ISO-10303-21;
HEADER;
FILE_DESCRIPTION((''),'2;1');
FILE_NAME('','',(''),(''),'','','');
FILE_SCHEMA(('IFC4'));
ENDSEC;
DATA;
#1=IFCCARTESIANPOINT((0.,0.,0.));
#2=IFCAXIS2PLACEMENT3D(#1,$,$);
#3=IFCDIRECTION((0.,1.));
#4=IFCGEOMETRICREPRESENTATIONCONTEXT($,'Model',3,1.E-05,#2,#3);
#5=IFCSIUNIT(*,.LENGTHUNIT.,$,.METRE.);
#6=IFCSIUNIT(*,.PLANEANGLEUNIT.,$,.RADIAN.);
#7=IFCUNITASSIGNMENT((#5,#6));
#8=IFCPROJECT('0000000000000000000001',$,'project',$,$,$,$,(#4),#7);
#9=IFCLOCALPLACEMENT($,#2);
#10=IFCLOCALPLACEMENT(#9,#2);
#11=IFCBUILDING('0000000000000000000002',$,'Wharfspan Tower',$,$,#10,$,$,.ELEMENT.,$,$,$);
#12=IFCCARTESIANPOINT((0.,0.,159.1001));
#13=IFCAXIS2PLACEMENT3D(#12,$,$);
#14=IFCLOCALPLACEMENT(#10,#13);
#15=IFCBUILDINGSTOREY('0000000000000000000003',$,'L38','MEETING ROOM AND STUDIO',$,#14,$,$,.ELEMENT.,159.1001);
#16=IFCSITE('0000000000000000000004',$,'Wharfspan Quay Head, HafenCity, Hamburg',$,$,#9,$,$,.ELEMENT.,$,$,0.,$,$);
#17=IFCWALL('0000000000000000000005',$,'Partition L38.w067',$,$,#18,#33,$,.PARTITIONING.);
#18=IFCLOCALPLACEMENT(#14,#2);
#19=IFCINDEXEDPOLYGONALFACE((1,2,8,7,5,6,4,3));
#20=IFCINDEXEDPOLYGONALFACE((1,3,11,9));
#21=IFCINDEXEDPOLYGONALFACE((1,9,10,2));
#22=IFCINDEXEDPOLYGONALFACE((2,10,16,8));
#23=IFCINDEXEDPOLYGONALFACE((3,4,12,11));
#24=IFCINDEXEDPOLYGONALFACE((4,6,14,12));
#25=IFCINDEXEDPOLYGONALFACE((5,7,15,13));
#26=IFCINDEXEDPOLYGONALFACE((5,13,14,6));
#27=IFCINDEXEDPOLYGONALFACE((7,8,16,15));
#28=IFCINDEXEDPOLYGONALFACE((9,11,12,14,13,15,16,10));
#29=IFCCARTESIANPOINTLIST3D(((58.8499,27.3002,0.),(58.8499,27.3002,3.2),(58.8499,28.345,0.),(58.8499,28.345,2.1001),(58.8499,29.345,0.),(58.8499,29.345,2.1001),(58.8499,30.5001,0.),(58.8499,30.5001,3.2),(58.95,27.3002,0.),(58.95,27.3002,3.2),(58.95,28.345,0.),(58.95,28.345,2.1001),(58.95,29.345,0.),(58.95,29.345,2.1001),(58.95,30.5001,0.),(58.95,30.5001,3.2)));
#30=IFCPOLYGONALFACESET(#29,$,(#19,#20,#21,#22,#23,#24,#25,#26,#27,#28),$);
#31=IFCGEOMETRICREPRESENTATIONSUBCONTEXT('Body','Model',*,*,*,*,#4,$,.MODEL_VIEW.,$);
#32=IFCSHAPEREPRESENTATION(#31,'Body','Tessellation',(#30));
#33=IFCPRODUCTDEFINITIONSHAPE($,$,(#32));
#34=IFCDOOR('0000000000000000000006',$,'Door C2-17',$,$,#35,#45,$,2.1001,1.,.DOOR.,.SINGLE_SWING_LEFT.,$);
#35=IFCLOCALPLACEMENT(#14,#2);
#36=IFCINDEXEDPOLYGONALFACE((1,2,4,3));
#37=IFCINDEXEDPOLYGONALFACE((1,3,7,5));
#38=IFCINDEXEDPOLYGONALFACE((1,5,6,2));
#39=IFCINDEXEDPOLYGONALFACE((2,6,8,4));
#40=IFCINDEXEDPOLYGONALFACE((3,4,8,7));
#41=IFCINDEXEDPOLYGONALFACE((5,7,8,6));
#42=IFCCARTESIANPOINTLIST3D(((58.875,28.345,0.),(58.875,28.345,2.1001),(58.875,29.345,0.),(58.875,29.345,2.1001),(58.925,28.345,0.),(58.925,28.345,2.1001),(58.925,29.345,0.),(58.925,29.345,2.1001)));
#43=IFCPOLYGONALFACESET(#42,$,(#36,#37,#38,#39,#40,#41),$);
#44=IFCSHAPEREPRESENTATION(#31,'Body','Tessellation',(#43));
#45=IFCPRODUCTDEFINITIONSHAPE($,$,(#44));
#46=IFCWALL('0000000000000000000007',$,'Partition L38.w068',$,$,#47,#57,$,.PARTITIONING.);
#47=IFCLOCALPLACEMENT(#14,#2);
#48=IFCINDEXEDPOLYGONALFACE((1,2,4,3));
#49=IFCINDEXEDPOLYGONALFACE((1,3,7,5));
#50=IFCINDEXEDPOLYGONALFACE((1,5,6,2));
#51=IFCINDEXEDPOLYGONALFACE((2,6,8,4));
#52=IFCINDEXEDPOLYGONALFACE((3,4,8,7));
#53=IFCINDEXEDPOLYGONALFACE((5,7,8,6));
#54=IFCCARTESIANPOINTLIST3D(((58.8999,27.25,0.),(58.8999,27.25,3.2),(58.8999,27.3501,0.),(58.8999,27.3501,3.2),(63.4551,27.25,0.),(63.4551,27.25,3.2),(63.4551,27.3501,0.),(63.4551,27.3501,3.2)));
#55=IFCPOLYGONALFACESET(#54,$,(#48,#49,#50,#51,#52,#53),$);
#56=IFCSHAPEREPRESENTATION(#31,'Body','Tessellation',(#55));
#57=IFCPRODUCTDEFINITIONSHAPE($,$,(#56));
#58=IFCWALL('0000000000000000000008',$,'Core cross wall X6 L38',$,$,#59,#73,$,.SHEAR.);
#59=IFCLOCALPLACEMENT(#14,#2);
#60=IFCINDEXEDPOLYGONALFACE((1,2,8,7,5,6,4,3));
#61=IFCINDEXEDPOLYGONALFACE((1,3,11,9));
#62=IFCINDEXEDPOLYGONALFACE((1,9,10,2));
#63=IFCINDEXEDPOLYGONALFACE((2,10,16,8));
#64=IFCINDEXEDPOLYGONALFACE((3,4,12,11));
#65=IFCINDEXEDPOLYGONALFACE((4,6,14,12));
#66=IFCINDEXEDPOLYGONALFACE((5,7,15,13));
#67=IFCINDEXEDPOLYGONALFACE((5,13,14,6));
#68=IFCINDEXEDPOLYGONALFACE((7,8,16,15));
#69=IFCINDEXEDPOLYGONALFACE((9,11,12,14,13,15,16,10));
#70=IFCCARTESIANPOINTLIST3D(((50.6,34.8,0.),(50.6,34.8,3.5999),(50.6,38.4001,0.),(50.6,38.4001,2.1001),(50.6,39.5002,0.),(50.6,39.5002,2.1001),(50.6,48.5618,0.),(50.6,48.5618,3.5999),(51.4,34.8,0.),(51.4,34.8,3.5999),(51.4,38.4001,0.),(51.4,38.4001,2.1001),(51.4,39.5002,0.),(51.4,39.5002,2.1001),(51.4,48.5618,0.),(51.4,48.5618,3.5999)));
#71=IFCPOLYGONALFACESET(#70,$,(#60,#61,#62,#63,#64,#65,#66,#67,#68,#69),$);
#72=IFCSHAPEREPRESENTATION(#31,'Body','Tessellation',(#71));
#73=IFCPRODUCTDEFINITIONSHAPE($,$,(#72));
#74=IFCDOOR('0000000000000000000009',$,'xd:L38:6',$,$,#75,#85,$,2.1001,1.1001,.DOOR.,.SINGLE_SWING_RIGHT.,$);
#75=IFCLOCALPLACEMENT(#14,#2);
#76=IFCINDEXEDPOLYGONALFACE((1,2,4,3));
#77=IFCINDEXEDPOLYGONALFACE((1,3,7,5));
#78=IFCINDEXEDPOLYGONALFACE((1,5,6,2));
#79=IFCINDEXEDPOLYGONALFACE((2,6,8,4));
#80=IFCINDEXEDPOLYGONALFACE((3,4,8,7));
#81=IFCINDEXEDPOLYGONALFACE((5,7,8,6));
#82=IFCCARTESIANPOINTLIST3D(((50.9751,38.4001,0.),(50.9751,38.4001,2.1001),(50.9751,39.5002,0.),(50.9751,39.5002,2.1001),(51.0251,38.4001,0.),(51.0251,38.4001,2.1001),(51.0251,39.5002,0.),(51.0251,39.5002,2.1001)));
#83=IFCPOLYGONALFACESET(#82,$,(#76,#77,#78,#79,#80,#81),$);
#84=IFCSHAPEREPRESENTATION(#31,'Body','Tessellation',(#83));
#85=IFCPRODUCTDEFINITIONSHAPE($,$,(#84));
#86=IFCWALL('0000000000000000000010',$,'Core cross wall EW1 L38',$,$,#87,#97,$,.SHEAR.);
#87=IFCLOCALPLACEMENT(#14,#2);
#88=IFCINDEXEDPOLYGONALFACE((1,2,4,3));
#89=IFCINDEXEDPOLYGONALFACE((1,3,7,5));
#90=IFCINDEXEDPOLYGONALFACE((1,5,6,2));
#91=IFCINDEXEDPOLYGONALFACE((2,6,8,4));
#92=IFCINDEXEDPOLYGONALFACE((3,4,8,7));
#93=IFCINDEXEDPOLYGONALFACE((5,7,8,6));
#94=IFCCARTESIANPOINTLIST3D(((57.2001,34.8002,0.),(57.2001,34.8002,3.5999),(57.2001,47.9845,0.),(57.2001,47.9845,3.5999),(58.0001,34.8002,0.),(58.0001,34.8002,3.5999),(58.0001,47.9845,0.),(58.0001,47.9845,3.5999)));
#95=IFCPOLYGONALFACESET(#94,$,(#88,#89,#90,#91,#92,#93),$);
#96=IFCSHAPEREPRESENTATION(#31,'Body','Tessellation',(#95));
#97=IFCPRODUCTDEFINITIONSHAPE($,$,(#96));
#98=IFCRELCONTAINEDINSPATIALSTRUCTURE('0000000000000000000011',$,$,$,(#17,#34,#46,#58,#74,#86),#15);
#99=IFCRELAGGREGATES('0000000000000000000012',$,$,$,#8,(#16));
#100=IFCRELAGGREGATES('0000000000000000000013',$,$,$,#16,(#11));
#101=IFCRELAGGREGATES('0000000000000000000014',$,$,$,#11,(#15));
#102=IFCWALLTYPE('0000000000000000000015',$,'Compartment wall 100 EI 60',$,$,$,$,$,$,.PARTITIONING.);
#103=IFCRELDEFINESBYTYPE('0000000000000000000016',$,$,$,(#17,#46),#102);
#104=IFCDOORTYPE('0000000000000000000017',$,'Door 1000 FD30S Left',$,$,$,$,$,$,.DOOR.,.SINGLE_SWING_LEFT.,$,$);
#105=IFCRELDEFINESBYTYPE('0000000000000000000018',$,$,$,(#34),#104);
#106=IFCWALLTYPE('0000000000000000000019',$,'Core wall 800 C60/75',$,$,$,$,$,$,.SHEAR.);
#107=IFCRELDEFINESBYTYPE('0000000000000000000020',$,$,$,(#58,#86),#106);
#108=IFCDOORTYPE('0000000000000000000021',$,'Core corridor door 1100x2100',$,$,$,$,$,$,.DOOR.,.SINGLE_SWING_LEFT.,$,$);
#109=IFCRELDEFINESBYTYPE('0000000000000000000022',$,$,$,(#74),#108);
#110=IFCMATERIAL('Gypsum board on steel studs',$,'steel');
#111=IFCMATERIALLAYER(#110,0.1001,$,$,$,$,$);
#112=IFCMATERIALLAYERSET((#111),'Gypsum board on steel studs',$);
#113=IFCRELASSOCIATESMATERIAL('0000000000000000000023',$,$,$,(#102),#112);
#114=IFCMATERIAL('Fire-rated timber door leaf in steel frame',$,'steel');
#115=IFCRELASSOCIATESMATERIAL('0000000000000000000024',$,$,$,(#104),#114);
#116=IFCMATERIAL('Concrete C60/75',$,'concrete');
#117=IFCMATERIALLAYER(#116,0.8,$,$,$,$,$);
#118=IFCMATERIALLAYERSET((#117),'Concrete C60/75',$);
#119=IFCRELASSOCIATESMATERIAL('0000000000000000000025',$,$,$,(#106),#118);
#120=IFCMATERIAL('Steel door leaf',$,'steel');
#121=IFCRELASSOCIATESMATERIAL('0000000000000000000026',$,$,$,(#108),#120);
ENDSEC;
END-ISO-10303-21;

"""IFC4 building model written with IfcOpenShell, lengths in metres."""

from ifc_helpers import new_model, si_unit, direction, frame, frame_2d, origin, place, context, subcontext, project, spatial, rectangle, extrude, material, layer, layer_set, type_object, element, fill, save


model = new_model("IFC4")

# Units and contexts
model_context = context("Model", 3, precision=1e-05, world=origin(), true_north=direction((0.0, 1.0)))
body_context = subcontext(model_context, "Body", "Model", "MODEL_VIEW")
ifc_project = project(units=[si_unit("LENGTHUNIT", "METRE"), si_unit("PLANEANGLEUNIT", "RADIAN")], contexts=[model_context])

# Site, building, storey
site_placement = place(None, origin())
site = spatial("IfcSite", under=ifc_project, at=site_placement, Name="Wharfspan Quay Head, HafenCity, Hamburg", CompositionType="ELEMENT", RefElevation=0.0)
building_placement = place(site_placement, origin())
building = spatial("IfcBuilding", under=site, at=building_placement, Name="Wharfspan Tower", CompositionType="ELEMENT")
storey_placement = place(building_placement, frame((0.0, 0.0, 159.1001)))
storey = spatial("IfcBuildingStorey", under=building, at=storey_placement, Name="L38", Description="MEETING ROOM AND STUDIO", CompositionType="ELEMENT", Elevation=159.1001)

# Shared definitions
ifc_material_1 = material(Name="Gypsum board on steel studs", Category="steel")
ifc_layer_1 = layer(ifc_material_1, 0.1001)
ifc_layer_set_1 = layer_set([ifc_layer_1], Name="Gypsum board on steel studs")
wall_type_1 = type_object("IfcWallType", Name="Compartment wall 100 EI 60", PredefinedType="PARTITIONING", material=ifc_layer_set_1)

# Wall, opening, door
wall_1_placement = place(storey_placement, frame((58.8999, 27.3, 0.0), z_axis=(0.0, 0.0, 1.0), x_axis=(0.0, 1.0, 0.0)))
wall_1 = element("IfcWall", 1, at=wall_1_placement, inside=storey, type_object=wall_type_1, Name="Partition L38.w067", PredefinedType="PARTITIONING", context=body_context, shape_type="SweptSolid", body=[
    extrude(rectangle(XDim=3.2, YDim=0.1001, at=frame_2d((1.6001, 0.0))), origin(), (0.0, 0.0, 1.0), 3.2),
])
opening_1_placement = place(wall_1_placement, frame((1.0449, 0.0, 0.0)))
opening_1 = element("IfcOpeningElement", 2, at=opening_1_placement, cuts=wall_1, PredefinedType="OPENING", context=body_context, shape_type="SweptSolid", body=[
    extrude(rectangle(XDim=1.0, YDim=2.1001, at=frame_2d((0.5, 1.05))), frame((0.0, 0.0601, 0.0), z_axis=(0.0, -1.0, 0.0), x_axis=(1.0, 0.0, 0.0)), (0.0, 0.0, 1.0), 0.1201),
])
ifc_material_2 = material(Name="Fire-rated timber door leaf in steel frame", Category="steel")
door_type_1 = type_object("IfcDoorType", Name="Door 1000 FD30S Left", OperationType="SINGLE_SWING_LEFT", PredefinedType="DOOR", material=ifc_material_2)
door_1_placement = place(opening_1_placement, origin())
door_1 = element("IfcDoor", 3, at=door_1_placement, inside=storey, type_object=door_type_1, Name="Door C2-17", OperationType="SINGLE_SWING_LEFT", OverallHeight=2.1001, OverallWidth=1.0, PredefinedType="DOOR", context=body_context, shape_type="SweptSolid", body=[
    extrude(rectangle(XDim=1.0, YDim=2.1001, at=frame_2d((0.5, 1.05))), frame((0.0, 0.0249, 0.0), z_axis=(0.0, -1.0, 0.0), x_axis=(1.0, 0.0, 0.0)), (0.0, 0.0, 1.0), 0.05),
])
fill(opening_1, door_1)

# Wall
wall_2_placement = place(storey_placement, frame((58.8999, 27.3, 0.0), z_axis=(0.0, 0.0, 1.0), x_axis=(1.0, 0.0, 0.0)))
element("IfcWall", 4, at=wall_2_placement, inside=storey, type_object=wall_type_1, Name="Partition L38.w068", PredefinedType="PARTITIONING", context=body_context, shape_type="SweptSolid", body=[
    extrude(rectangle(XDim=4.5552, YDim=0.1001, at=frame_2d((2.2776, 0.0))), origin(), (0.0, 0.0, 1.0), 3.2),
])

# Wall, opening, door
ifc_material_3 = material(Name="Concrete C60/75", Category="concrete")
ifc_layer_2 = layer(ifc_material_3, 0.8)
ifc_layer_set_2 = layer_set([ifc_layer_2], Name="Concrete C60/75")
wall_type_2 = type_object("IfcWallType", Name="Core wall 800 C60/75", PredefinedType="SHEAR", material=ifc_layer_set_2)
wall_3_placement = place(storey_placement, frame((51.0, 34.8, 0.0), z_axis=(0.0, 0.0, 1.0), x_axis=(0.0, 1.0, 0.0)))
wall_3 = element("IfcWall", 5, at=wall_3_placement, inside=storey, type_object=wall_type_2, Name="Core cross wall X6 L38", PredefinedType="SHEAR", context=body_context, shape_type="SweptSolid", body=[
    extrude(rectangle(XDim=13.7617, YDim=0.8, at=frame_2d((6.8809, 0.0))), origin(), (0.0, 0.0, 1.0), 3.5999),
])
opening_2_placement = place(wall_3_placement, frame((3.6001, 0.0, 0.0)))
opening_2 = element("IfcOpeningElement", 6, at=opening_2_placement, cuts=wall_3, PredefinedType="OPENING", context=body_context, shape_type="SweptSolid", body=[
    extrude(rectangle(XDim=1.1001, YDim=2.1001, at=frame_2d((0.55, 1.05))), frame((0.0, 0.4099, 0.0), z_axis=(0.0, -1.0, 0.0), x_axis=(1.0, 0.0, 0.0)), (0.0, 0.0, 1.0), 0.8201),
])
ifc_material_4 = material(Name="Steel door leaf", Category="steel")
door_type_2 = type_object("IfcDoorType", Name="Core corridor door 1100x2100", OperationType="SINGLE_SWING_LEFT", PredefinedType="DOOR", material=ifc_material_4)
door_2_placement = place(opening_2_placement, origin())
door_2 = element("IfcDoor", 7, at=door_2_placement, inside=storey, type_object=door_type_2, Name="xd:L38:6", OperationType="SINGLE_SWING_RIGHT", OverallHeight=2.1001, OverallWidth=1.1001, PredefinedType="DOOR", context=body_context, shape_type="SweptSolid", body=[
    extrude(rectangle(XDim=1.1001, YDim=2.1001, at=frame_2d((0.55, 1.05))), frame((0.0, 0.0249, 0.0), z_axis=(0.0, -1.0, 0.0), x_axis=(1.0, 0.0, 0.0)), (0.0, 0.0, 1.0), 0.05),
])
fill(opening_2, door_2)

# Wall
wall_4_placement = place(storey_placement, frame((57.6001, 34.8, 0.0), z_axis=(0.0, 0.0, 1.0), x_axis=(0.0, 1.0, 0.0)))
element("IfcWall", 8, at=wall_4_placement, inside=storey, type_object=wall_type_2, Name="Core cross wall EW1 L38", PredefinedType="SHEAR", context=body_context, shape_type="SweptSolid", body=[
    extrude(rectangle(XDim=13.1843, YDim=0.8, at=frame_2d((6.5923, 0.0))), origin(), (0.0, 0.0, 1.0), 3.5999),
])

save(model, "model.ifc")
